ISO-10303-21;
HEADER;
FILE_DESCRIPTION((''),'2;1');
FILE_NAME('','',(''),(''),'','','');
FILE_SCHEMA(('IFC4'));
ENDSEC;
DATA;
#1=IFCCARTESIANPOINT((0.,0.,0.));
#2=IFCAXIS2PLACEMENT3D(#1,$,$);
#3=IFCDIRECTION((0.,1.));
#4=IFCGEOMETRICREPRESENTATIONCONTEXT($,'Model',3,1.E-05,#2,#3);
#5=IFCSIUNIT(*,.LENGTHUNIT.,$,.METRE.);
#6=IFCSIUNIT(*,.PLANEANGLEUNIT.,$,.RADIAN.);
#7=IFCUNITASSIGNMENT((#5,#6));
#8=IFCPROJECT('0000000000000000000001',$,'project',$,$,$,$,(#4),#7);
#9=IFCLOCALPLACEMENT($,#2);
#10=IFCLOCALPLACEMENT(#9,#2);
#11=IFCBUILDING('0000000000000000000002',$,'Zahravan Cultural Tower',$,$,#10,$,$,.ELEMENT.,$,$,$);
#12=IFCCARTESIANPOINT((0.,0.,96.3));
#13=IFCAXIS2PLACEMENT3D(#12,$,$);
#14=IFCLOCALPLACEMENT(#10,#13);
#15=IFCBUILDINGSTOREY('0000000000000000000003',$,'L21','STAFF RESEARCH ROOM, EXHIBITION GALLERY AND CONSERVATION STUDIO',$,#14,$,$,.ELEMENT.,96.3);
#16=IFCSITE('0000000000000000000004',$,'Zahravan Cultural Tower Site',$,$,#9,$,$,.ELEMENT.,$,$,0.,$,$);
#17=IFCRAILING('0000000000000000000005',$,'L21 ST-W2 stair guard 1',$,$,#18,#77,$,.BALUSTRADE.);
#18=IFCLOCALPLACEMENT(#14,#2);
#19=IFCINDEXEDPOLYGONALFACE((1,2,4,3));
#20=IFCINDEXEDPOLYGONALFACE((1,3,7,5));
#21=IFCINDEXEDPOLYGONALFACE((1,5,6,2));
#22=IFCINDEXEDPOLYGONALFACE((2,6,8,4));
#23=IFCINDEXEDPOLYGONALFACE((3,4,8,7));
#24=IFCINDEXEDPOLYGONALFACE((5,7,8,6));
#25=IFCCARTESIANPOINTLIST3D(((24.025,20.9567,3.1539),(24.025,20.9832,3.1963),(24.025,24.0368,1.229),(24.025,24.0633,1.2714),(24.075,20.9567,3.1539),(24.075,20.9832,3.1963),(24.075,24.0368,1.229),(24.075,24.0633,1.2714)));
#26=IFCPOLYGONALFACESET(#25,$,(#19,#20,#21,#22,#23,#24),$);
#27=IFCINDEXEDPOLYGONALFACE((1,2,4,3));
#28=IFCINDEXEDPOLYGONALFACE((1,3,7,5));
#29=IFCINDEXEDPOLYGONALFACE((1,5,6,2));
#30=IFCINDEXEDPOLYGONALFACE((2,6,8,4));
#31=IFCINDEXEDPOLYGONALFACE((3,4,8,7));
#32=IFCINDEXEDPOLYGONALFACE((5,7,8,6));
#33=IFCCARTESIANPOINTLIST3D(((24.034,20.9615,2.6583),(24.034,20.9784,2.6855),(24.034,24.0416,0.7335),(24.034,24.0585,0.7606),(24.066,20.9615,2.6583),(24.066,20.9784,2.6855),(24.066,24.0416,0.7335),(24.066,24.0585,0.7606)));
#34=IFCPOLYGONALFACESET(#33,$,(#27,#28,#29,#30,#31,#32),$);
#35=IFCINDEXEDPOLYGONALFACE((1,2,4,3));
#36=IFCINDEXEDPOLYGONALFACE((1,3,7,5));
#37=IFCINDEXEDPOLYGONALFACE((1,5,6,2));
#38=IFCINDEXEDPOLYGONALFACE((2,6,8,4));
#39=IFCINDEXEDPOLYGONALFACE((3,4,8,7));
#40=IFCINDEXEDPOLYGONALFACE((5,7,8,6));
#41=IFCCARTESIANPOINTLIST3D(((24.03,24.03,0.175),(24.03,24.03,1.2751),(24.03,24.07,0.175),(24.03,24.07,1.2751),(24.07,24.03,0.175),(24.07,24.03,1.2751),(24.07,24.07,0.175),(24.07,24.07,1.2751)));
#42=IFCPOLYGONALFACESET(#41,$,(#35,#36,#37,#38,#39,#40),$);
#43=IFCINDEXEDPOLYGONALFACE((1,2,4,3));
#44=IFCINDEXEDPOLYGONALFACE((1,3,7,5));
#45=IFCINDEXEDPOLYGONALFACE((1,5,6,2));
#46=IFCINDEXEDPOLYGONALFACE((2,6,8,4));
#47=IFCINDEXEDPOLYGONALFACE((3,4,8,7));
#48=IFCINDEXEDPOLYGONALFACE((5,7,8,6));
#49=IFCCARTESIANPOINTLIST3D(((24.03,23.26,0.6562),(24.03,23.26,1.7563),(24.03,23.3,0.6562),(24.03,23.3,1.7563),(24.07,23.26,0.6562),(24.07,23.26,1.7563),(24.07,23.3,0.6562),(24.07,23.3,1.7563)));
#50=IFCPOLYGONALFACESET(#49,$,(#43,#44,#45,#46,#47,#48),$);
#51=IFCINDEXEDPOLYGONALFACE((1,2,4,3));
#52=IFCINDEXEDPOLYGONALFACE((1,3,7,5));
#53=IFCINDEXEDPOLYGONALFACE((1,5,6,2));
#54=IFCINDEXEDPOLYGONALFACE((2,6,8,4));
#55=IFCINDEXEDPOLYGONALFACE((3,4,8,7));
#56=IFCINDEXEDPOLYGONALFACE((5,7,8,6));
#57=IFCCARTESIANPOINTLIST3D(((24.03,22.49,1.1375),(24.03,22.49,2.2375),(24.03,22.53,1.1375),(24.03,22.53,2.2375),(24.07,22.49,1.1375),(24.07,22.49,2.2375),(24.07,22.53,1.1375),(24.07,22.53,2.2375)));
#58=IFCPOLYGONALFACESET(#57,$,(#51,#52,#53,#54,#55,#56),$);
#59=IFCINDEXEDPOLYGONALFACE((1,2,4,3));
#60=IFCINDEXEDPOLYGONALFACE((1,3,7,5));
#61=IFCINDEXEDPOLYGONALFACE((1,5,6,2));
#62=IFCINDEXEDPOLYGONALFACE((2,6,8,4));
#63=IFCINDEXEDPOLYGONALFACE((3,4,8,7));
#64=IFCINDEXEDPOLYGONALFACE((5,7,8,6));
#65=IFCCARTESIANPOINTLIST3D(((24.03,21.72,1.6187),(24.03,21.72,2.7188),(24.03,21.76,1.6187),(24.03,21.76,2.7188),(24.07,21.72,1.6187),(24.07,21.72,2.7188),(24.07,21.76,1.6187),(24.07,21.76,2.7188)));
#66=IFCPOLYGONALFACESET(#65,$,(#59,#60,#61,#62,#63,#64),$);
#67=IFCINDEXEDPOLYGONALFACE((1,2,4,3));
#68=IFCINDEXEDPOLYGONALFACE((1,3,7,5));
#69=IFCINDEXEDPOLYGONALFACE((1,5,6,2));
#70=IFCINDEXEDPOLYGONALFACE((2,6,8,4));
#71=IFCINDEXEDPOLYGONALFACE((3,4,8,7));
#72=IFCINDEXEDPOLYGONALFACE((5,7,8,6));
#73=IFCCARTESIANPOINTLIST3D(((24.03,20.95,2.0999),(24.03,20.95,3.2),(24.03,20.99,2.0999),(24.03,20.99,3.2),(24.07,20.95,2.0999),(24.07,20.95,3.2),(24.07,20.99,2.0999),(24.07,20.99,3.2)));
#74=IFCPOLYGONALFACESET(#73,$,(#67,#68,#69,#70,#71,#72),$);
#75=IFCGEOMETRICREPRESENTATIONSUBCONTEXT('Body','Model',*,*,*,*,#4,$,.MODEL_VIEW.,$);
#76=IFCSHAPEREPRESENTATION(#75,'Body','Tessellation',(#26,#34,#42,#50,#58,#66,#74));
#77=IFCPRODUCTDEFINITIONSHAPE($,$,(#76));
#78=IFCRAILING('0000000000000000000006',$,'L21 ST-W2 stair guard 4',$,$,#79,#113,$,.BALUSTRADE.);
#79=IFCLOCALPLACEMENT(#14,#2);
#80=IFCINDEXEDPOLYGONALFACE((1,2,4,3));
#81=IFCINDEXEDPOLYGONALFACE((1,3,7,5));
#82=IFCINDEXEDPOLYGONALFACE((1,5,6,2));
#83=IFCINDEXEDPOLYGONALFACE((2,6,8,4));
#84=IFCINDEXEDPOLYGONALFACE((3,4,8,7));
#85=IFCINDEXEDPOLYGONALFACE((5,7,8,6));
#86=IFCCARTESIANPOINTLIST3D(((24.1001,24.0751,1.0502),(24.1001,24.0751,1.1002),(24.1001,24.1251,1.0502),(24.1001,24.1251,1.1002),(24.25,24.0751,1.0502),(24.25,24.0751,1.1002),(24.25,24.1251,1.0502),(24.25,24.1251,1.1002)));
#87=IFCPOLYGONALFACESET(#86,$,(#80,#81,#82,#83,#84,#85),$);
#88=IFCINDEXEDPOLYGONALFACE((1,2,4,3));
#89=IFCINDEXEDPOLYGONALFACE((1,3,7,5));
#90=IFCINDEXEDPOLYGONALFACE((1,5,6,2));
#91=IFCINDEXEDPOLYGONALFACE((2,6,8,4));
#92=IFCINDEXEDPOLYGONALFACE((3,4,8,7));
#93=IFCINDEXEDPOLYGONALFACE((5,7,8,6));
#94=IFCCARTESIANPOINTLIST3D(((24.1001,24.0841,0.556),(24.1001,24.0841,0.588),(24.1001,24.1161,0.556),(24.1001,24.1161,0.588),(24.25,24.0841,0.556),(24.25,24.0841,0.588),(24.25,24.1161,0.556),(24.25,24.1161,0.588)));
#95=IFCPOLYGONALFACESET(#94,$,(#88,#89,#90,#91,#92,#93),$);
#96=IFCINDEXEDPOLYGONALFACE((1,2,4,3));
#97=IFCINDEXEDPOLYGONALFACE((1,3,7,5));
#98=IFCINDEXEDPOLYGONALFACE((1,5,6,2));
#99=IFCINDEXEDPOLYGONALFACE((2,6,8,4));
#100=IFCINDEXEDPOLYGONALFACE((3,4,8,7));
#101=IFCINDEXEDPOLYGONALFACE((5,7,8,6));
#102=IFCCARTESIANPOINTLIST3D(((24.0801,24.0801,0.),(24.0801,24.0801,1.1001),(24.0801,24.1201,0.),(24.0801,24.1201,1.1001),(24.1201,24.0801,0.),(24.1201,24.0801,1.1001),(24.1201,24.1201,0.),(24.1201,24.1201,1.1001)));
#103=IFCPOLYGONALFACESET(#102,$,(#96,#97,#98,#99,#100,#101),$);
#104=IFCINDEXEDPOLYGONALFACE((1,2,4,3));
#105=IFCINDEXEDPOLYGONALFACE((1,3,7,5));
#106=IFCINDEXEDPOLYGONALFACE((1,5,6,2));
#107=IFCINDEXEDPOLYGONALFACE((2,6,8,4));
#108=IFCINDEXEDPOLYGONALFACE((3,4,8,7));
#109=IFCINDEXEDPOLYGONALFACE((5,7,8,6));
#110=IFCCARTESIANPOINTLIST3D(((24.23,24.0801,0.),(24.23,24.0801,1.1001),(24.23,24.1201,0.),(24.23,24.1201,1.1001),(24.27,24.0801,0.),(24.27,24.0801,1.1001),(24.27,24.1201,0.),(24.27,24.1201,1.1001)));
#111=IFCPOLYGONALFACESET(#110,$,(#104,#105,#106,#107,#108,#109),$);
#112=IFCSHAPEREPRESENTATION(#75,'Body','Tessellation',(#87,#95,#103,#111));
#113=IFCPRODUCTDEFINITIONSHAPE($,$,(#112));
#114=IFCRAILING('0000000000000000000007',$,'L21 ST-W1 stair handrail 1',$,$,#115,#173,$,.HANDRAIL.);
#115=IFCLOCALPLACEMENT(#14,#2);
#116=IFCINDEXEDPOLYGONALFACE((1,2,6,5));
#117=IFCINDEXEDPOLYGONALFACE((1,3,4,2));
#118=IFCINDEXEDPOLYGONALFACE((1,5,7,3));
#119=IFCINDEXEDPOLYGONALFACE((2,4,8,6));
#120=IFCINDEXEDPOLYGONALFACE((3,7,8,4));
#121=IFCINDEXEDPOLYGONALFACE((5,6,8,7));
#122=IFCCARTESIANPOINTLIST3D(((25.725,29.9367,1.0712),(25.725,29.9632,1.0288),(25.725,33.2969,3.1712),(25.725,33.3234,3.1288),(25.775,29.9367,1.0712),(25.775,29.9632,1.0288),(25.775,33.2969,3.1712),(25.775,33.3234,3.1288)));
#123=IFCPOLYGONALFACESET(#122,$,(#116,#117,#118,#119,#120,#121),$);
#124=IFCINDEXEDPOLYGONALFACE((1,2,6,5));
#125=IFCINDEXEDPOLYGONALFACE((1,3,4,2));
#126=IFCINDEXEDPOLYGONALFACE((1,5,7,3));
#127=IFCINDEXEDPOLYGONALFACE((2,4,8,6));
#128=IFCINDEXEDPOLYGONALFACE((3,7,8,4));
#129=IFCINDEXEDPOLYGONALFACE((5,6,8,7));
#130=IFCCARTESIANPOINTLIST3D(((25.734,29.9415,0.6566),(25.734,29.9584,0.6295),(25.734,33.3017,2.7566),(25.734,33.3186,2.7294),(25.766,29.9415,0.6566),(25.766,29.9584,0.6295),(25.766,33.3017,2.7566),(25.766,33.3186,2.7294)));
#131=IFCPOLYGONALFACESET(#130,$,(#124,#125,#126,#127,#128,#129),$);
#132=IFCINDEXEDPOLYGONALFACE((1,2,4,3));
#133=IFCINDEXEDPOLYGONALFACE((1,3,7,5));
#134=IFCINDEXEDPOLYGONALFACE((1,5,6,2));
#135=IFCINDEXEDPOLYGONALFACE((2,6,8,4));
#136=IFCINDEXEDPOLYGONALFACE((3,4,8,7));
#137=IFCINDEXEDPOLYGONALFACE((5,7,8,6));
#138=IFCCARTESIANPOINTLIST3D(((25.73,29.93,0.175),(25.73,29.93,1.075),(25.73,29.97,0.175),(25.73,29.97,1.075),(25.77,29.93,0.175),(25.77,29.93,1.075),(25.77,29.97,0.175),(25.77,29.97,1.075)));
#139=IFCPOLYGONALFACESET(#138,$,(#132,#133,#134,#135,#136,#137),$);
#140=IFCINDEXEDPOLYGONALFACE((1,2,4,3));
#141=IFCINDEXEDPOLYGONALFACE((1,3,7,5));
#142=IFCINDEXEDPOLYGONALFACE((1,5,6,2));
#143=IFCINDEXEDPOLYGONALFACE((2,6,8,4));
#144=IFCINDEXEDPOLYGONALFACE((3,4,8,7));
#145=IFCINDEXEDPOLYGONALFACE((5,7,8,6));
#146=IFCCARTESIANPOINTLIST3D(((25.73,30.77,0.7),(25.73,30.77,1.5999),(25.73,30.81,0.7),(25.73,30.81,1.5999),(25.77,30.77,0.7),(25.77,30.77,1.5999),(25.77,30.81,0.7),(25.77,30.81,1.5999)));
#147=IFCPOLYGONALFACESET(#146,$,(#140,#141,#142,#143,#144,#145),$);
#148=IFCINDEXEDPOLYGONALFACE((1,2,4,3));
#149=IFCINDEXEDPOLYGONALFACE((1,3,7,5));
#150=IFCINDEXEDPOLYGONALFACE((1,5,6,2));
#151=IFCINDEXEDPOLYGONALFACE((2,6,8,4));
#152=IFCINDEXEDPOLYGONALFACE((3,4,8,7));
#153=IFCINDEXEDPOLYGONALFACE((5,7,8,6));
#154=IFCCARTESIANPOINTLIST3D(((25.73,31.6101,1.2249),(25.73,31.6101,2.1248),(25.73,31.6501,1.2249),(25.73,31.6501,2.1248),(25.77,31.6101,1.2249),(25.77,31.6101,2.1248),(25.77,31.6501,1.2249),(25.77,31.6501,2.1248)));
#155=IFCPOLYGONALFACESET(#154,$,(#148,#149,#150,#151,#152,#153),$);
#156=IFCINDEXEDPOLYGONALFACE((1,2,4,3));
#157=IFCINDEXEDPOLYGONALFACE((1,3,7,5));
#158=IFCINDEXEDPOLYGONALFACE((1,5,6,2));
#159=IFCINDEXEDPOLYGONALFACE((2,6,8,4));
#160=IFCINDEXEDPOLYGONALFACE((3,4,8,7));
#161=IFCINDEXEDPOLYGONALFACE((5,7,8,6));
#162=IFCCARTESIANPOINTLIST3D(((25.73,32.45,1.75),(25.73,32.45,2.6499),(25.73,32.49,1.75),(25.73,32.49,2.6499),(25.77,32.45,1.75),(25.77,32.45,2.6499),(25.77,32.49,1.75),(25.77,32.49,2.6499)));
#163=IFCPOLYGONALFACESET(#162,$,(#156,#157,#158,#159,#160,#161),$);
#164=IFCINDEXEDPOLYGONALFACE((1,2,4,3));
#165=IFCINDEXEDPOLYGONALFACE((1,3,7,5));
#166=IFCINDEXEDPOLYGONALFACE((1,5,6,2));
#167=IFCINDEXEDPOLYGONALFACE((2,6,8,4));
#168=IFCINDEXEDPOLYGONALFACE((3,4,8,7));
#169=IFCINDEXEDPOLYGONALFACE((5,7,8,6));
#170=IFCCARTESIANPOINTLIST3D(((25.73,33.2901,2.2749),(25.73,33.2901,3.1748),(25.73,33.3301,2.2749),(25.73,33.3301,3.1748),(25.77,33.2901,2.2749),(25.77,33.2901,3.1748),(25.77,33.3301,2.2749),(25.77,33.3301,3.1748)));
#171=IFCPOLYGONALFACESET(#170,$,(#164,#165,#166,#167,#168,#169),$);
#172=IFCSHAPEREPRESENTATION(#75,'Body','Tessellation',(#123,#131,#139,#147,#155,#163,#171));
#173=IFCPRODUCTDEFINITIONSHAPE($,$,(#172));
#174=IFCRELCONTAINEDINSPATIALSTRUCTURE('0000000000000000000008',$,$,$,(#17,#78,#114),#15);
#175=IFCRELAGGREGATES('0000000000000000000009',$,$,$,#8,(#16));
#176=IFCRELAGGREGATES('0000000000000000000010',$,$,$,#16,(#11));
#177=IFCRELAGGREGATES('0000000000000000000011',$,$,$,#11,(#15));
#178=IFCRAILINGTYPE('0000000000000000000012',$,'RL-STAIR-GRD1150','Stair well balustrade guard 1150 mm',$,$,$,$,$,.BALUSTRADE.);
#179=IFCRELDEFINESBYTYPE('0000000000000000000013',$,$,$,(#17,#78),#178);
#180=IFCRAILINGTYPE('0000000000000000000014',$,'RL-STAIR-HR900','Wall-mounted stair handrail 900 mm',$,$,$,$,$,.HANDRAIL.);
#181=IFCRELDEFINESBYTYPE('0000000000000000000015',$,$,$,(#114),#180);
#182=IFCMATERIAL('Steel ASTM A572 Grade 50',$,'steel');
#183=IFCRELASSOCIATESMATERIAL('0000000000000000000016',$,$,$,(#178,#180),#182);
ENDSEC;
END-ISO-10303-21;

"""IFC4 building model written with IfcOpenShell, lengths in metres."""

from ifc_helpers import new_model, si_unit, direction, frame, origin, origin_2d, place, context, subcontext, project, spatial, rectangle, extrude, material, type_object, element, save


model = new_model("IFC4")

# Units and contexts
model_context = context("Model", 3, precision=1e-05, world=origin(), true_north=direction((0.0, 1.0)))
body_context = subcontext(model_context, "Body", "Model", "MODEL_VIEW")
ifc_project = project(units=[si_unit("LENGTHUNIT", "METRE"), si_unit("PLANEANGLEUNIT", "RADIAN")], contexts=[model_context])

# Site, building, storey
site_placement = place(None, origin())
site = spatial("IfcSite", under=ifc_project, at=site_placement, Name="Zahravan Cultural Tower Site", CompositionType="ELEMENT", RefElevation=0.0)
building_placement = place(site_placement, origin())
building = spatial("IfcBuilding", under=site, at=building_placement, Name="Zahravan Cultural Tower", CompositionType="ELEMENT")
storey_placement = place(building_placement, frame((0.0, 0.0, 96.3)))
storey = spatial("IfcBuildingStorey", under=building, at=storey_placement, Name="L21", Description="STAFF RESEARCH ROOM, EXHIBITION GALLERY AND CONSERVATION STUDIO", CompositionType="ELEMENT", Elevation=96.3)

# Shared definitions
ifc_material_1 = material(Name="Steel ASTM A572 Grade 50", Category="steel")

# Railings
railing_type_1 = type_object("IfcRailingType", Name="RL-STAIR-GRD1150", Description="Stair well balustrade guard 1150 mm", PredefinedType="BALUSTRADE", material=ifc_material_1)
railing_1_placement = place(storey_placement, frame((24.05, 24.05, 0.175)))
element("IfcRailing", 1, at=railing_1_placement, inside=storey, type_object=railing_type_1, Name="L21 ST-W2 stair guard 1", PredefinedType="BALUSTRADE", context=body_context, shape_type="SweptSolid", body=[
    extrude(rectangle(XDim=0.05, YDim=0.05, at=origin_2d()), frame((0.0, 0.0, 1.0752), z_axis=(0.0, -0.848029, 0.529951), x_axis=(1.0, 0.0, 0.0)), (0.0, 0.0, 1.0), 3.6321),
    extrude(rectangle(XDim=0.032, YDim=0.032, at=origin_2d()), frame((0.0, 0.0, 0.572), z_axis=(0.0, -0.848029, 0.529951), x_axis=(1.0, 0.0, 0.0)), (0.0, 0.0, 1.0), 3.6321),
    extrude(rectangle(XDim=0.04, YDim=0.04, at=origin_2d()), origin(), (0.0, 0.0, 1.0), 1.1001),
    extrude(rectangle(XDim=0.04, YDim=0.04, at=origin_2d()), frame((0.0, -0.77, 0.4812)), (0.0, 0.0, 1.0), 1.1001),
    extrude(rectangle(XDim=0.04, YDim=0.04, at=origin_2d()), frame((0.0, -1.54, 0.9624)), (0.0, 0.0, 1.0), 1.1001),
    extrude(rectangle(XDim=0.04, YDim=0.04, at=origin_2d()), frame((0.0, -2.3101, 1.4436)), (0.0, 0.0, 1.0), 1.1001),
    extrude(rectangle(XDim=0.04, YDim=0.04, at=origin_2d()), frame((0.0, -3.0801, 1.9248)), (0.0, 0.0, 1.0), 1.1001),
])
railing_2_placement = place(storey_placement, frame((24.1001, 24.1001, 0.0)))
element("IfcRailing", 2, at=railing_2_placement, inside=storey, type_object=railing_type_1, Name="L21 ST-W2 stair guard 4", PredefinedType="BALUSTRADE", context=body_context, shape_type="SweptSolid", body=[
    extrude(rectangle(XDim=0.05, YDim=0.05, at=origin_2d()), frame((0.0, 0.0, 1.0752), z_axis=(1.0, 0.0, 0.0), x_axis=(0.0, 1.0, 0.0)), (0.0, 0.0, 1.0), 0.1499),
    extrude(rectangle(XDim=0.032, YDim=0.032, at=origin_2d()), frame((0.0, 0.0, 0.572), z_axis=(1.0, 0.0, 0.0), x_axis=(0.0, 1.0, 0.0)), (0.0, 0.0, 1.0), 0.1499),
    extrude(rectangle(XDim=0.04, YDim=0.04, at=origin_2d()), origin(), (0.0, 0.0, 1.0), 1.1001),
    extrude(rectangle(XDim=0.04, YDim=0.04, at=origin_2d()), frame((0.1499, 0.0, 0.0)), (0.0, 0.0, 1.0), 1.1001),
])
railing_type_2 = type_object("IfcRailingType", Name="RL-STAIR-HR900", Description="Wall-mounted stair handrail 900 mm", PredefinedType="HANDRAIL", material=ifc_material_1)
railing_3_placement = place(storey_placement, frame((25.75, 29.95, 0.175)))
element("IfcRailing", 3, at=railing_3_placement, inside=storey, type_object=railing_type_2, Name="L21 ST-W1 stair handrail 1", PredefinedType="HANDRAIL", context=body_context, shape_type="SweptSolid", body=[
    extrude(rectangle(XDim=0.05, YDim=0.05, at=origin_2d()), frame((0.0, 0.0, 0.875), z_axis=(0.0, 0.848023, 0.52996), x_axis=(-1.0, 0.0, 0.0)), (0.0, 0.0, 1.0), 3.9624),
    extrude(rectangle(XDim=0.032, YDim=0.032, at=origin_2d()), frame((0.0, 0.0, 0.468), z_axis=(0.0, 0.848023, 0.52996), x_axis=(-1.0, 0.0, 0.0)), (0.0, 0.0, 1.0), 3.9624),
    extrude(rectangle(XDim=0.04, YDim=0.04, at=origin_2d()), origin(), (0.0, 0.0, 1.0), 0.8999),
    extrude(rectangle(XDim=0.04, YDim=0.04, at=origin_2d()), frame((0.0, 0.8401, 0.5249)), (0.0, 0.0, 1.0), 0.8999),
    extrude(rectangle(XDim=0.04, YDim=0.04, at=origin_2d()), frame((0.0, 1.6802, 1.0498)), (0.0, 0.0, 1.0), 0.8999),
    extrude(rectangle(XDim=0.04, YDim=0.04, at=origin_2d()), frame((0.0, 2.52, 1.575)), (0.0, 0.0, 1.0), 0.8999),
    extrude(rectangle(XDim=0.04, YDim=0.04, at=origin_2d()), frame((0.0, 3.3601, 2.0999)), (0.0, 0.0, 1.0), 0.8999),
])

save(model, "model.ifc")
